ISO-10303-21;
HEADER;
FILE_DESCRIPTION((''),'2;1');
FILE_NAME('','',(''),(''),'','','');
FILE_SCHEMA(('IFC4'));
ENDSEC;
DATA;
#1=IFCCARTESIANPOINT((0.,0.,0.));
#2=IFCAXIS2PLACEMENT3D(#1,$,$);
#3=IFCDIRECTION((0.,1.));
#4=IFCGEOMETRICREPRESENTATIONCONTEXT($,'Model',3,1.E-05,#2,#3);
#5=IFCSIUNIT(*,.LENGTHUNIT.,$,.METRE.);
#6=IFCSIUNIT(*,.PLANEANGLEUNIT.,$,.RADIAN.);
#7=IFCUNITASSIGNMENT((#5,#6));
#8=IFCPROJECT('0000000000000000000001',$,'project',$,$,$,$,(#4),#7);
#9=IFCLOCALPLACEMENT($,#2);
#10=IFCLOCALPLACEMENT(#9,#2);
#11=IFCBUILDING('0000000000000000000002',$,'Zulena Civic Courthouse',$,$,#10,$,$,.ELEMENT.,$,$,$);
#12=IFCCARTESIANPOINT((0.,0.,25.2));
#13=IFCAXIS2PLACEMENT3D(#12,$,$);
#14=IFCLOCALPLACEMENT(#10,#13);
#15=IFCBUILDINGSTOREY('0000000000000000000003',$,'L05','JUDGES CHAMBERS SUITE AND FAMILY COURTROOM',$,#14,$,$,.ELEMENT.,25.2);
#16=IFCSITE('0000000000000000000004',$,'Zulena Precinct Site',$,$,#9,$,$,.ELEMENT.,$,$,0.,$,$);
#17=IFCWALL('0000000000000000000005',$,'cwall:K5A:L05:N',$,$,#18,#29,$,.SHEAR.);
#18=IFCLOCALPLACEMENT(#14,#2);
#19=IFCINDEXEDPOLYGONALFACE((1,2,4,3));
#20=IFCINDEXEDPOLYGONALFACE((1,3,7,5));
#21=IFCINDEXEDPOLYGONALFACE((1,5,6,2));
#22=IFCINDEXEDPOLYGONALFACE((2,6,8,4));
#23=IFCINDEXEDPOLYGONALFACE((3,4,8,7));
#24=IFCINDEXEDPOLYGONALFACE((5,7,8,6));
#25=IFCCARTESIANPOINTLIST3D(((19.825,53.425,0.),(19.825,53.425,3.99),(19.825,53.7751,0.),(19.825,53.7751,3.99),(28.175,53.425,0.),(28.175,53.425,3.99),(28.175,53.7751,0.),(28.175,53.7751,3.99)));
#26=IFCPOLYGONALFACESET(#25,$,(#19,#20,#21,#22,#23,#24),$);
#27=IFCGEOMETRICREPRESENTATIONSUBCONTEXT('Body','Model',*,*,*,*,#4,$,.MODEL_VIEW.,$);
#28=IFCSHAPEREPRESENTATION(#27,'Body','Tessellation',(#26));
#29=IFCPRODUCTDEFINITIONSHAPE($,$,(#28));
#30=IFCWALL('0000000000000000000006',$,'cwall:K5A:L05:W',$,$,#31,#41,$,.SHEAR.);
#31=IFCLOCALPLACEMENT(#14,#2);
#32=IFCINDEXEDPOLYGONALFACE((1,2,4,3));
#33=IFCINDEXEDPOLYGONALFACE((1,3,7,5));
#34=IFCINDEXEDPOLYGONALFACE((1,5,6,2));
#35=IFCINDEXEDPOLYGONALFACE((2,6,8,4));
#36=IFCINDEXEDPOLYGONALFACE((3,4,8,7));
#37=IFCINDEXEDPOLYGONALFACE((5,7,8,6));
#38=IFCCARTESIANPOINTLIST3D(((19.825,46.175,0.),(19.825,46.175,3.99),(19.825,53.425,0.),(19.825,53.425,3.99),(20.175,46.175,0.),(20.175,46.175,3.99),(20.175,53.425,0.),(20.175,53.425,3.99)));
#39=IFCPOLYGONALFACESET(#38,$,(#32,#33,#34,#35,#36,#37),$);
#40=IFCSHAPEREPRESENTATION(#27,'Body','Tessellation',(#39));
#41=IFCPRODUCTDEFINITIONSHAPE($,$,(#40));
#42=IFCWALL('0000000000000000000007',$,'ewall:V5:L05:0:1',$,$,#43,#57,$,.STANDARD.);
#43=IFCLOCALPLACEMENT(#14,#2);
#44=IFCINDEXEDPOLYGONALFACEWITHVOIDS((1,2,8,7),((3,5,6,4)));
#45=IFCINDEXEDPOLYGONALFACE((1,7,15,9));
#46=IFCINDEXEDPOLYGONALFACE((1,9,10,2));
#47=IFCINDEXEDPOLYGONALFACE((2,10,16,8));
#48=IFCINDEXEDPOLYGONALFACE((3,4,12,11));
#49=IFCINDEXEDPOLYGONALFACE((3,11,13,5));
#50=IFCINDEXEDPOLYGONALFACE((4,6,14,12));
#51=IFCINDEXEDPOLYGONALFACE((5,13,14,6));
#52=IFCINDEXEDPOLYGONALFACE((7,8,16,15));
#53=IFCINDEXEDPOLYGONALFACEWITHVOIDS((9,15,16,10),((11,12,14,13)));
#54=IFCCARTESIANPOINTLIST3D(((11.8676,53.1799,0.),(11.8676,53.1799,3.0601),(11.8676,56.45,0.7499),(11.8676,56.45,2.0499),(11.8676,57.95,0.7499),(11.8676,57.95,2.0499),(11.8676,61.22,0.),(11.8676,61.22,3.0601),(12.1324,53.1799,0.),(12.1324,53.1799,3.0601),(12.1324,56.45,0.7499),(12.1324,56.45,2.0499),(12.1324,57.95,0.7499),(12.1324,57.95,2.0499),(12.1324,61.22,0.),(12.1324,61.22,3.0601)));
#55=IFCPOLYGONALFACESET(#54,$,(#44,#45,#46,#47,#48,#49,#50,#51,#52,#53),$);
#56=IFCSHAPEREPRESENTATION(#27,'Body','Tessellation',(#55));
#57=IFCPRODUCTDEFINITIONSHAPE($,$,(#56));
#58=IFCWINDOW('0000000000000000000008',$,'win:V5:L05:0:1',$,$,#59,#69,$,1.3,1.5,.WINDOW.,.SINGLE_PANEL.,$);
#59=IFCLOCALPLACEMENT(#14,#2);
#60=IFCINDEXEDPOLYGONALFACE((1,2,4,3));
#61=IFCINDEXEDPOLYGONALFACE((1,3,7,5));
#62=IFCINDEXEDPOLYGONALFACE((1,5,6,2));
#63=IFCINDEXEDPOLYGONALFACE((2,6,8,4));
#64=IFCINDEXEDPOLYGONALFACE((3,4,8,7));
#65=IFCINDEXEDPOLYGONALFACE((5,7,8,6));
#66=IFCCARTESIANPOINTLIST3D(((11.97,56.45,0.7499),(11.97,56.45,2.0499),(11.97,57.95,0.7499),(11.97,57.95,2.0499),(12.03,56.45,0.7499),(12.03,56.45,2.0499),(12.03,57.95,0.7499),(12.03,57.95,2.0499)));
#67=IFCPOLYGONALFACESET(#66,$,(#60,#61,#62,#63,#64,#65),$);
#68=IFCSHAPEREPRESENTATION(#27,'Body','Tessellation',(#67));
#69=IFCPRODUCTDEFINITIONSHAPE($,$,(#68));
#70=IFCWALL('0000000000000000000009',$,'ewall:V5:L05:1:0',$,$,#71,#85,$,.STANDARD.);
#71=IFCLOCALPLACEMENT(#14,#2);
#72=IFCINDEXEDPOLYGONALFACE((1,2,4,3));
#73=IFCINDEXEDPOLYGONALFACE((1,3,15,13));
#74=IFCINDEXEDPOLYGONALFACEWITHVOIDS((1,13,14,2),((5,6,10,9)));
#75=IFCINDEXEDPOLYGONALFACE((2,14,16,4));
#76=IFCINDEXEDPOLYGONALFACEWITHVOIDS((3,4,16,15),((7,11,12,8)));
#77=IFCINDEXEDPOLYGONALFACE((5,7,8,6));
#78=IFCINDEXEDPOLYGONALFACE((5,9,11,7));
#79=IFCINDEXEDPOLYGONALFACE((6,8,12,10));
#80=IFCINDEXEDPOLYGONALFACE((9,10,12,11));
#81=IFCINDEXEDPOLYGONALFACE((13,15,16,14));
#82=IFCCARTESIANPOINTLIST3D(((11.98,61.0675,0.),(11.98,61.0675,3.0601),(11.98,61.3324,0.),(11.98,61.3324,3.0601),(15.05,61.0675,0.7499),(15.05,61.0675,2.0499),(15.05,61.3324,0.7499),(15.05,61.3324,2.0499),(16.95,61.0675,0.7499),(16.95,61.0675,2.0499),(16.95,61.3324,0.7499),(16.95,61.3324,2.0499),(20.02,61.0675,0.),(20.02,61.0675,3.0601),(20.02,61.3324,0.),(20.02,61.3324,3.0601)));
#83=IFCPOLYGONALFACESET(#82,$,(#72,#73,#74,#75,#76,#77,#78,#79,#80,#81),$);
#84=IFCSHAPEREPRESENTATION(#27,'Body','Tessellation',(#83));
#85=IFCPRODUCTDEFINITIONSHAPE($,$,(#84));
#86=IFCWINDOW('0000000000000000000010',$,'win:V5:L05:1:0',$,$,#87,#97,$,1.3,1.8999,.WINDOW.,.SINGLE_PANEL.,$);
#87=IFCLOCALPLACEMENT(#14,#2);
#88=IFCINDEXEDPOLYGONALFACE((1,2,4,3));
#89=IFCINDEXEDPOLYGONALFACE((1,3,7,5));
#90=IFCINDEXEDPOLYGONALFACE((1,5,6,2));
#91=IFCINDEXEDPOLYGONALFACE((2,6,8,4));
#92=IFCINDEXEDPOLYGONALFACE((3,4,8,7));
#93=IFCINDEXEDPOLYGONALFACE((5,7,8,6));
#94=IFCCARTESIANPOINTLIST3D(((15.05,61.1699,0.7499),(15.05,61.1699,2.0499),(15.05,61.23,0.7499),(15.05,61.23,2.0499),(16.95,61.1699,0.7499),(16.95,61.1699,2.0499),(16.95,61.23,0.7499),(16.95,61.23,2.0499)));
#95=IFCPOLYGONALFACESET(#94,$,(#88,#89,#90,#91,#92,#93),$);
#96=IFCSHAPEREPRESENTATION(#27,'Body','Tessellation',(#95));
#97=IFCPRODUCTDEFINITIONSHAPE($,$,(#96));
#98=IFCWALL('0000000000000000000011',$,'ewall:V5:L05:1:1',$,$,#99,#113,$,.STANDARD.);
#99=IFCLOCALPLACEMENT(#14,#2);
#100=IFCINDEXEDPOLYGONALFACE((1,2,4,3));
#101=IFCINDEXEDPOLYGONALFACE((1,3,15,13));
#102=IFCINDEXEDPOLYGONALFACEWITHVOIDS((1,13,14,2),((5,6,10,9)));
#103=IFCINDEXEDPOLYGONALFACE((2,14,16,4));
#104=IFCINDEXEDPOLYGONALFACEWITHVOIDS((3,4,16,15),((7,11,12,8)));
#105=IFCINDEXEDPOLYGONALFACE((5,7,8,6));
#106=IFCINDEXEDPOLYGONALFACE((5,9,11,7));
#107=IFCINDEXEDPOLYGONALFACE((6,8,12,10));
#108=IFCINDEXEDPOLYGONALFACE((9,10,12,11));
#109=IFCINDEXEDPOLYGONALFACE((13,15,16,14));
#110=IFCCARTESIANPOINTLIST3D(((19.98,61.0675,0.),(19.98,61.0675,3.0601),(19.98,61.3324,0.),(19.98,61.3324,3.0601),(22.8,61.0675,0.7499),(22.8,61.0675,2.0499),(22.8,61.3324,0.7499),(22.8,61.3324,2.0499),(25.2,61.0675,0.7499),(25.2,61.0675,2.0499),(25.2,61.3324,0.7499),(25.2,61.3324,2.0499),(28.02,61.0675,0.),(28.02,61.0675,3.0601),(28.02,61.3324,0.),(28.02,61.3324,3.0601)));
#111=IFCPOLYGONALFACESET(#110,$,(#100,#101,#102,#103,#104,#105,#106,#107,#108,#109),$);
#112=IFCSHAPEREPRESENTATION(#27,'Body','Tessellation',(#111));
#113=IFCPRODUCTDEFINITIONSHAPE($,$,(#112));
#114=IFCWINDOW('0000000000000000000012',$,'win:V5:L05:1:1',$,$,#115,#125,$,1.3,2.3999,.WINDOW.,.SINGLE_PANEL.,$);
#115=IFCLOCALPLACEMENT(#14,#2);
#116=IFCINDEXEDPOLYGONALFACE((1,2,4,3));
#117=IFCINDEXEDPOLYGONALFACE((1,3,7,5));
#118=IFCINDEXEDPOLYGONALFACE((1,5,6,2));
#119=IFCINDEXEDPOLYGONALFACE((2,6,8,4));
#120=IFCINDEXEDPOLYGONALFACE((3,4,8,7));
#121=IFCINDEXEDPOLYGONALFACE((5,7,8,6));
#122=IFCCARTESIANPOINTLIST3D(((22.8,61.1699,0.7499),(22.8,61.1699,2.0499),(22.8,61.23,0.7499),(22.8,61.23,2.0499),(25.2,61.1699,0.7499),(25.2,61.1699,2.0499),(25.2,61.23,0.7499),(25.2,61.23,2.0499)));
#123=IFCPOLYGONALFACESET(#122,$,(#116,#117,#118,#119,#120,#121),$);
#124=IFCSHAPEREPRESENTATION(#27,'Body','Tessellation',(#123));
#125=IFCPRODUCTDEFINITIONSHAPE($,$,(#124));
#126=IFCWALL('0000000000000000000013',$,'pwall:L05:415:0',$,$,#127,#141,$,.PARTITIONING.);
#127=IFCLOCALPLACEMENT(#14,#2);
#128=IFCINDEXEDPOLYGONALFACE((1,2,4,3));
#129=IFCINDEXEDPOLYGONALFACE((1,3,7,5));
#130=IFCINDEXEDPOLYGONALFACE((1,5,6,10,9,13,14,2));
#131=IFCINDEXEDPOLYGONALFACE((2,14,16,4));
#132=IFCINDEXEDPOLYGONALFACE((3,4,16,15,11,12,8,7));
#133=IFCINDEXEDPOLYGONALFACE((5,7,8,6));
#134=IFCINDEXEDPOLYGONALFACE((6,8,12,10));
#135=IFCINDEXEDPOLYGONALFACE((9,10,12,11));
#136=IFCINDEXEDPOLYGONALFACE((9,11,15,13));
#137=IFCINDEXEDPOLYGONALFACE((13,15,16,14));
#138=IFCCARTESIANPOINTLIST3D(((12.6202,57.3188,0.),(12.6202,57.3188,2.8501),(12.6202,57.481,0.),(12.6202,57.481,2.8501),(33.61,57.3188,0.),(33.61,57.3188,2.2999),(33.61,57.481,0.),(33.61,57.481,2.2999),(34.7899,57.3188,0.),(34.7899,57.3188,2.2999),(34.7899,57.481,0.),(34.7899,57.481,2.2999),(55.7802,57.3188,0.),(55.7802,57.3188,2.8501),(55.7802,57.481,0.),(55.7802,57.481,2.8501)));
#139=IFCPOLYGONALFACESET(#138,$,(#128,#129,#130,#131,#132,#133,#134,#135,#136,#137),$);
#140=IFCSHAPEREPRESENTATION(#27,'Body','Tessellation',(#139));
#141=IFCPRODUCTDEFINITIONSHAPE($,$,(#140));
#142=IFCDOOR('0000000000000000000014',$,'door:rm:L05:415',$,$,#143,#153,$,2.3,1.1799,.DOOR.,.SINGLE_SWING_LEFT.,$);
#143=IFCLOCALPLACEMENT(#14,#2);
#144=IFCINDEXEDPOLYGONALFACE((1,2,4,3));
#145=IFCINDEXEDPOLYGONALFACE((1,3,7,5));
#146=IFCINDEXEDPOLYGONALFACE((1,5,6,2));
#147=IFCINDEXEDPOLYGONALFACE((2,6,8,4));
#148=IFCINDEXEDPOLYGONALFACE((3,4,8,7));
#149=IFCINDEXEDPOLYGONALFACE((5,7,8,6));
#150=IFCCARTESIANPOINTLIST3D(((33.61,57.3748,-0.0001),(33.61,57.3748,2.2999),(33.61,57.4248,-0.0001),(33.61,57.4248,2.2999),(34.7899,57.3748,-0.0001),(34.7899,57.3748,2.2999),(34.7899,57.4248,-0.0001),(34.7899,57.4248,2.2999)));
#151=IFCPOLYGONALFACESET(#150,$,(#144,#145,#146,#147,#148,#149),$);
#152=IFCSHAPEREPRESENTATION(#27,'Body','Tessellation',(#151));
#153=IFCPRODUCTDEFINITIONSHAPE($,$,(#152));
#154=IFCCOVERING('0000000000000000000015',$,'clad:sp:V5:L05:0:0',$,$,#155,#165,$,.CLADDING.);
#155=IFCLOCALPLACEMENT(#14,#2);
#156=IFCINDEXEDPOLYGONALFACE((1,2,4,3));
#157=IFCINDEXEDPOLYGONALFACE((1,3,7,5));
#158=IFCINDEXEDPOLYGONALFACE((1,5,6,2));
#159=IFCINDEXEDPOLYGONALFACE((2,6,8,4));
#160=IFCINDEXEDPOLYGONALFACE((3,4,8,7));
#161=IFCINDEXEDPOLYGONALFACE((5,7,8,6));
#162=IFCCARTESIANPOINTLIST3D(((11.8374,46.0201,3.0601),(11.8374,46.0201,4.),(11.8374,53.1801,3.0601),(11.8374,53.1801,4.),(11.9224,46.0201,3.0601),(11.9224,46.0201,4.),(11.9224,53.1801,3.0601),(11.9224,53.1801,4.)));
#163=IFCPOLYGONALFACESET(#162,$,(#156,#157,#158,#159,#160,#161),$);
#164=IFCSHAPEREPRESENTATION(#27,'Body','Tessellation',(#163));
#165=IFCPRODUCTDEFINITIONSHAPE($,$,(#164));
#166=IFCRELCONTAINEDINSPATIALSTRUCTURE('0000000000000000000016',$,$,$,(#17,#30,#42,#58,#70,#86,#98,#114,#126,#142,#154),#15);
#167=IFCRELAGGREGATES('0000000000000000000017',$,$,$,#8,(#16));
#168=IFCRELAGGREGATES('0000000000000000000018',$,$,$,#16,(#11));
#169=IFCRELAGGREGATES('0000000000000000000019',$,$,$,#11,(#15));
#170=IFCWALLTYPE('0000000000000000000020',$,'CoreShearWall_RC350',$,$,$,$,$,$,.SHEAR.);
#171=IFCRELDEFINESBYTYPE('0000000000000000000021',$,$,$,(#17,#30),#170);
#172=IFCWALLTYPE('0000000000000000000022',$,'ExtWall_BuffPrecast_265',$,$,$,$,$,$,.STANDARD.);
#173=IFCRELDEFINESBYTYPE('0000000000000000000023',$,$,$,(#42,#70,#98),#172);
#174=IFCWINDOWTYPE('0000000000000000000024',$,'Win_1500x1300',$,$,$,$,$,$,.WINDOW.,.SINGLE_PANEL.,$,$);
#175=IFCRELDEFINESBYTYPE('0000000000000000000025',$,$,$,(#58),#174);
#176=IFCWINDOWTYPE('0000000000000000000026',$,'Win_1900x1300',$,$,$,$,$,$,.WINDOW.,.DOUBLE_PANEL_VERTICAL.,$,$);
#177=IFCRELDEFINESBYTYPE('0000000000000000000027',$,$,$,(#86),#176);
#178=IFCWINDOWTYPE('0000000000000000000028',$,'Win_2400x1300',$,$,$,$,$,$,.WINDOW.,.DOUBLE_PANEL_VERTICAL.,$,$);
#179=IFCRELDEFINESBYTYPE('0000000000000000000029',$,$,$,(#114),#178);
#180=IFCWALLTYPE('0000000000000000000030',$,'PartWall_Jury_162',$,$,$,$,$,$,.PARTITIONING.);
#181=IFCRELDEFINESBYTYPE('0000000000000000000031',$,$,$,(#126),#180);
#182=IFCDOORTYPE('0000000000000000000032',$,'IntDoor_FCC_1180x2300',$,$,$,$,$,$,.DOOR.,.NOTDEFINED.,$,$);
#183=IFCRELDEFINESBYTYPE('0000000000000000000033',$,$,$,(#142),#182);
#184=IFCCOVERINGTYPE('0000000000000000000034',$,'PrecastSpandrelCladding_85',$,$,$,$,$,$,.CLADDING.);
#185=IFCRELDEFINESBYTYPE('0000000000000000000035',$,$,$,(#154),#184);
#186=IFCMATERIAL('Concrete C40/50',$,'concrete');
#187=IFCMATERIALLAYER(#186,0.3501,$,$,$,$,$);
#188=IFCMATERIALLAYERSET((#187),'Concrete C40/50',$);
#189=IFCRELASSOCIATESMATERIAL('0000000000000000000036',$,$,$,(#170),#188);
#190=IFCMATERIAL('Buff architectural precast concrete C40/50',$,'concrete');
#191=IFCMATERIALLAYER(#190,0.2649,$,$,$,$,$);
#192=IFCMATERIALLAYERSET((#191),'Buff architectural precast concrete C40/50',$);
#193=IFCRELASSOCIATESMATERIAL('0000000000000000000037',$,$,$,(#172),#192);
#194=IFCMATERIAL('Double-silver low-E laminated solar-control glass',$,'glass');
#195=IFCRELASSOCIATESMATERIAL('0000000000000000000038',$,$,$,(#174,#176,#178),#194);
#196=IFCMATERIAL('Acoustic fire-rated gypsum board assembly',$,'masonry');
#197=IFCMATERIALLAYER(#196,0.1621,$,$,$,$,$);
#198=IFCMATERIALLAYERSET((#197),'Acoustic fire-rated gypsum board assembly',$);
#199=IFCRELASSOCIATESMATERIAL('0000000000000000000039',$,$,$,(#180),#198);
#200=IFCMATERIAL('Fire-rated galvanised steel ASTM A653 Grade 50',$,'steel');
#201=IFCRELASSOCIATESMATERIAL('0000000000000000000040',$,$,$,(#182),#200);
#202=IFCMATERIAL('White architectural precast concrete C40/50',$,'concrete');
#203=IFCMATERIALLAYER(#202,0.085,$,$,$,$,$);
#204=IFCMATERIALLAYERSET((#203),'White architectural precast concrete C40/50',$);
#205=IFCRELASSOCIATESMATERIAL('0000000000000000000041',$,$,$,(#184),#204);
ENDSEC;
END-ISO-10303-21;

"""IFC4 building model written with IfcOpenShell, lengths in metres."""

from ifc_helpers import new_model, si_unit, direction, frame, frame_2d, origin, origin_2d, place, context, subcontext, project, spatial, rectangle, extrude, material, layer, layer_set, type_object, element, fill, save


model = new_model("IFC4")

# Units and contexts
model_context = context("Model", 3, precision=1e-05, world=origin(), true_north=direction((0.0, 1.0)))
body_context = subcontext(model_context, "Body", "Model", "MODEL_VIEW")
ifc_project = project(units=[si_unit("LENGTHUNIT", "METRE"), si_unit("PLANEANGLEUNIT", "RADIAN")], contexts=[model_context])

# Site, building, storey
site_placement = place(None, origin())
site = spatial("IfcSite", under=ifc_project, at=site_placement, Name="Zulena Precinct Site", CompositionType="ELEMENT", RefElevation=0.0)
building_placement = place(site_placement, origin())
building = spatial("IfcBuilding", under=site, at=building_placement, Name="Zulena Civic Courthouse", CompositionType="ELEMENT")
storey_placement = place(building_placement, frame((0.0, 0.0, 25.2)))
storey = spatial("IfcBuildingStorey", under=building, at=storey_placement, Name="L05", Description="JUDGES CHAMBERS SUITE AND FAMILY COURTROOM", CompositionType="ELEMENT", Elevation=25.2)

# Walls
ifc_material_1 = material(Name="Concrete C40/50", Category="concrete")
ifc_layer_1 = layer(ifc_material_1, 0.3501)
ifc_layer_set_1 = layer_set([ifc_layer_1], Name="Concrete C40/50")
wall_type_1 = type_object("IfcWallType", Name="CoreShearWall_RC350", PredefinedType="SHEAR", material=ifc_layer_set_1)
wall_1_placement = place(storey_placement, frame((19.825, 53.6001, 0.0), z_axis=(0.0, 0.0, 1.0), x_axis=(1.0, 0.0, 0.0)))
element("IfcWall", 1, at=wall_1_placement, inside=storey, type_object=wall_type_1, Name="cwall:K5A:L05:N", PredefinedType="SHEAR", context=body_context, shape_type="SweptSolid", body=[
    extrude(rectangle(XDim=8.3501, YDim=0.3501, at=frame_2d((4.175, 0.0))), origin(), (0.0, 0.0, 1.0), 3.99),
])
wall_2_placement = place(storey_placement, frame((20.0, 46.175, 0.0), z_axis=(0.0, 0.0, 1.0), x_axis=(0.0, 1.0, 0.0)))
element("IfcWall", 2, at=wall_2_placement, inside=storey, type_object=wall_type_1, Name="cwall:K5A:L05:W", PredefinedType="SHEAR", context=body_context, shape_type="SweptSolid", body=[
    extrude(rectangle(XDim=7.25, YDim=0.3501, at=frame_2d((3.625, 0.0))), origin(), (0.0, 0.0, 1.0), 3.99),
])

# Walls, openings, windows
ifc_material_2 = material(Name="Buff architectural precast concrete C40/50", Category="concrete")
ifc_layer_2 = layer(ifc_material_2, 0.2649)
ifc_layer_set_2 = layer_set([ifc_layer_2], Name="Buff architectural precast concrete C40/50")
wall_type_2 = type_object("IfcWallType", Name="ExtWall_BuffPrecast_265", PredefinedType="STANDARD", material=ifc_layer_set_2)
wall_3_placement = place(storey_placement, frame((12.0, 53.1799, 0.0), z_axis=(0.0, 0.0, 1.0), x_axis=(0.0, 1.0, 0.0)))
wall_3 = element("IfcWall", 3, at=wall_3_placement, inside=storey, type_object=wall_type_2, Name="ewall:V5:L05:0:1", PredefinedType="STANDARD", context=body_context, shape_type="SweptSolid", body=[
    extrude(rectangle(XDim=8.04, YDim=0.2649, at=frame_2d((4.02, 0.0))), origin(), (0.0, 0.0, 1.0), 3.0601),
])
opening_1_placement = place(wall_3_placement, frame((3.27, 0.0, 0.75)))
opening_1 = element("IfcOpeningElement", 4, at=opening_1_placement, cuts=wall_3, PredefinedType="OPENING", context=body_context, shape_type="SweptSolid", body=[
    extrude(rectangle(XDim=1.5, YDim=1.3, at=frame_2d((0.75, 0.6499))), frame((0.0, 0.1423, 0.0), z_axis=(0.0, -1.0, 0.0), x_axis=(1.0, 0.0, 0.0)), (0.0, 0.0, 1.0), 0.2849),
])
ifc_material_3 = material(Name="Double-silver low-E laminated solar-control glass", Category="glass")
window_type_1 = type_object("IfcWindowType", Name="Win_1500x1300", PartitioningType="SINGLE_PANEL", PredefinedType="WINDOW", material=ifc_material_3)
window_1_placement = place(opening_1_placement, origin())
window_1 = element("IfcWindow", 5, at=window_1_placement, inside=storey, type_object=window_type_1, Name="win:V5:L05:0:1", OverallHeight=1.3, OverallWidth=1.5, PartitioningType="SINGLE_PANEL", PredefinedType="WINDOW", context=body_context, shape_type="SweptSolid", body=[
    extrude(rectangle(XDim=1.5, YDim=1.3, at=frame_2d((0.75, 0.6499))), frame((0.0, 0.03, 0.0), z_axis=(0.0, -1.0, 0.0), x_axis=(1.0, 0.0, 0.0)), (0.0, 0.0, 1.0), 0.0601),
])
fill(opening_1, window_1)
wall_4_placement = place(storey_placement, frame((11.98, 61.2, 0.0), z_axis=(0.0, 0.0, 1.0), x_axis=(1.0, 0.0, 0.0)))
wall_4 = element("IfcWall", 6, at=wall_4_placement, inside=storey, type_object=wall_type_2, Name="ewall:V5:L05:1:0", PredefinedType="STANDARD", context=body_context, shape_type="SweptSolid", body=[
    extrude(rectangle(XDim=8.04, YDim=0.2649, at=frame_2d((4.02, 0.0))), origin(), (0.0, 0.0, 1.0), 3.0601),
])
opening_2_placement = place(wall_4_placement, frame((3.0701, 0.0, 0.75)))
opening_2 = element("IfcOpeningElement", 7, at=opening_2_placement, cuts=wall_4, PredefinedType="OPENING", context=body_context, shape_type="SweptSolid", body=[
    extrude(rectangle(XDim=1.8999, YDim=1.3, at=frame_2d((0.95, 0.6499))), frame((0.0, 0.1423, 0.0), z_axis=(0.0, -1.0, 0.0), x_axis=(1.0, 0.0, 0.0)), (0.0, 0.0, 1.0), 0.2849),
])
window_type_2 = type_object("IfcWindowType", Name="Win_1900x1300", PartitioningType="DOUBLE_PANEL_VERTICAL", PredefinedType="WINDOW", material=ifc_material_3)
window_2_placement = place(opening_2_placement, origin())
window_2 = element("IfcWindow", 8, at=window_2_placement, inside=storey, type_object=window_type_2, Name="win:V5:L05:1:0", OverallHeight=1.3, OverallWidth=1.8999, PartitioningType="SINGLE_PANEL", PredefinedType="WINDOW", context=body_context, shape_type="SweptSolid", body=[
    extrude(rectangle(XDim=1.8999, YDim=1.3, at=frame_2d((0.95, 0.6499))), frame((0.0, 0.03, 0.0), z_axis=(0.0, -1.0, 0.0), x_axis=(1.0, 0.0, 0.0)), (0.0, 0.0, 1.0), 0.0601),
])
fill(opening_2, window_2)
wall_5_placement = place(storey_placement, frame((19.98, 61.2, 0.0), z_axis=(0.0, 0.0, 1.0), x_axis=(1.0, 0.0, 0.0)))
wall_5 = element("IfcWall", 9, at=wall_5_placement, inside=storey, type_object=wall_type_2, Name="ewall:V5:L05:1:1", PredefinedType="STANDARD", context=body_context, shape_type="SweptSolid", body=[
    extrude(rectangle(XDim=8.04, YDim=0.2649, at=frame_2d((4.02, 0.0))), origin(), (0.0, 0.0, 1.0), 3.0601),
])
opening_3_placement = place(wall_5_placement, frame((2.8201, 0.0, 0.75)))
opening_3 = element("IfcOpeningElement", 10, at=opening_3_placement, cuts=wall_5, PredefinedType="OPENING", context=body_context, shape_type="SweptSolid", body=[
    extrude(rectangle(XDim=2.3999, YDim=1.3, at=frame_2d((1.2, 0.6499))), frame((0.0, 0.1423, 0.0), z_axis=(0.0, -1.0, 0.0), x_axis=(1.0, 0.0, 0.0)), (0.0, 0.0, 1.0), 0.2849),
])
window_type_3 = type_object("IfcWindowType", Name="Win_2400x1300", PartitioningType="DOUBLE_PANEL_VERTICAL", PredefinedType="WINDOW", material=ifc_material_3)
window_3_placement = place(opening_3_placement, origin())
window_3 = element("IfcWindow", 11, at=window_3_placement, inside=storey, type_object=window_type_3, Name="win:V5:L05:1:1", OverallHeight=1.3, OverallWidth=2.3999, PartitioningType="SINGLE_PANEL", PredefinedType="WINDOW", context=body_context, shape_type="SweptSolid", body=[
    extrude(rectangle(XDim=2.3999, YDim=1.3, at=frame_2d((1.2, 0.6499))), frame((0.0, 0.03, 0.0), z_axis=(0.0, -1.0, 0.0), x_axis=(1.0, 0.0, 0.0)), (0.0, 0.0, 1.0), 0.0601),
])
fill(opening_3, window_3)

# Wall, opening, door
ifc_material_4 = material(Name="Acoustic fire-rated gypsum board assembly", Category="masonry")
ifc_layer_3 = layer(ifc_material_4, 0.1621)
ifc_layer_set_3 = layer_set([ifc_layer_3], Name="Acoustic fire-rated gypsum board assembly")
wall_type_3 = type_object("IfcWallType", Name="PartWall_Jury_162", PredefinedType="PARTITIONING", material=ifc_layer_set_3)
wall_6_placement = place(storey_placement, frame((12.6201, 57.3999, 0.0), z_axis=(0.0, 0.0, 1.0), x_axis=(1.0, 0.0, 0.0)))
wall_6 = element("IfcWall", 12, at=wall_6_placement, inside=storey, type_object=wall_type_3, Name="pwall:L05:415:0", PredefinedType="PARTITIONING", context=body_context, shape_type="SweptSolid", body=[
    extrude(rectangle(XDim=43.1599, YDim=0.1621, at=frame_2d((21.5801, 0.0))), origin(), (0.0, 0.0, 1.0), 2.8501),
])
opening_4_placement = place(wall_6_placement, frame((20.99, 0.0, 0.0)))
opening_4 = element("IfcOpeningElement", 13, at=opening_4_placement, cuts=wall_6, PredefinedType="OPENING", context=body_context, shape_type="SweptSolid", body=[
    extrude(rectangle(XDim=1.1799, YDim=2.3, at=frame_2d((0.5898, 1.1499))), frame((0.0, 0.0911, 0.0), z_axis=(0.0, -1.0, 0.0), x_axis=(1.0, 0.0, 0.0)), (0.0, 0.0, 1.0), 0.1821),
])
ifc_material_5 = material(Name="Fire-rated galvanised steel ASTM A653 Grade 50", Category="steel")
door_type = type_object("IfcDoorType", Name="IntDoor_FCC_1180x2300", OperationType="NOTDEFINED", PredefinedType="DOOR", material=ifc_material_5)
door_placement = place(opening_4_placement, origin())
door = element("IfcDoor", 14, at=door_placement, inside=storey, type_object=door_type, Name="door:rm:L05:415", OperationType="SINGLE_SWING_LEFT", OverallHeight=2.3, OverallWidth=1.1799, PredefinedType="DOOR", context=body_context, shape_type="SweptSolid", body=[
    extrude(rectangle(XDim=1.1799, YDim=2.3, at=frame_2d((0.5898, 1.1499))), frame((0.0, 0.0249, 0.0), z_axis=(0.0, -1.0, 0.0), x_axis=(1.0, 0.0, 0.0)), (0.0, 0.0, 1.0), 0.05),
])
fill(opening_4, door)

# Covering
ifc_material_6 = material(Name="White architectural precast concrete C40/50", Category="concrete")
ifc_layer_4 = layer(ifc_material_6, 0.085)
ifc_layer_set_4 = layer_set([ifc_layer_4], Name="White architectural precast concrete C40/50")
covering_type = type_object("IfcCoveringType", Name="PrecastSpandrelCladding_85", PredefinedType="CLADDING", material=ifc_layer_set_4)
covering_placement = place(storey_placement, frame((11.8799, 49.6001, 3.0601), z_axis=(0.0, 0.0, 1.0), x_axis=(0.0, 1.0, 0.0)))
element("IfcCovering", 15, at=covering_placement, inside=storey, type_object=covering_type, Name="clad:sp:V5:L05:0:0", PredefinedType="CLADDING", context=body_context, shape_type="SweptSolid", body=[
    extrude(rectangle(XDim=7.1599, YDim=0.085, at=origin_2d()), origin(), (0.0, 0.0, 1.0), 0.9399),
])

save(model, "model.ifc")
